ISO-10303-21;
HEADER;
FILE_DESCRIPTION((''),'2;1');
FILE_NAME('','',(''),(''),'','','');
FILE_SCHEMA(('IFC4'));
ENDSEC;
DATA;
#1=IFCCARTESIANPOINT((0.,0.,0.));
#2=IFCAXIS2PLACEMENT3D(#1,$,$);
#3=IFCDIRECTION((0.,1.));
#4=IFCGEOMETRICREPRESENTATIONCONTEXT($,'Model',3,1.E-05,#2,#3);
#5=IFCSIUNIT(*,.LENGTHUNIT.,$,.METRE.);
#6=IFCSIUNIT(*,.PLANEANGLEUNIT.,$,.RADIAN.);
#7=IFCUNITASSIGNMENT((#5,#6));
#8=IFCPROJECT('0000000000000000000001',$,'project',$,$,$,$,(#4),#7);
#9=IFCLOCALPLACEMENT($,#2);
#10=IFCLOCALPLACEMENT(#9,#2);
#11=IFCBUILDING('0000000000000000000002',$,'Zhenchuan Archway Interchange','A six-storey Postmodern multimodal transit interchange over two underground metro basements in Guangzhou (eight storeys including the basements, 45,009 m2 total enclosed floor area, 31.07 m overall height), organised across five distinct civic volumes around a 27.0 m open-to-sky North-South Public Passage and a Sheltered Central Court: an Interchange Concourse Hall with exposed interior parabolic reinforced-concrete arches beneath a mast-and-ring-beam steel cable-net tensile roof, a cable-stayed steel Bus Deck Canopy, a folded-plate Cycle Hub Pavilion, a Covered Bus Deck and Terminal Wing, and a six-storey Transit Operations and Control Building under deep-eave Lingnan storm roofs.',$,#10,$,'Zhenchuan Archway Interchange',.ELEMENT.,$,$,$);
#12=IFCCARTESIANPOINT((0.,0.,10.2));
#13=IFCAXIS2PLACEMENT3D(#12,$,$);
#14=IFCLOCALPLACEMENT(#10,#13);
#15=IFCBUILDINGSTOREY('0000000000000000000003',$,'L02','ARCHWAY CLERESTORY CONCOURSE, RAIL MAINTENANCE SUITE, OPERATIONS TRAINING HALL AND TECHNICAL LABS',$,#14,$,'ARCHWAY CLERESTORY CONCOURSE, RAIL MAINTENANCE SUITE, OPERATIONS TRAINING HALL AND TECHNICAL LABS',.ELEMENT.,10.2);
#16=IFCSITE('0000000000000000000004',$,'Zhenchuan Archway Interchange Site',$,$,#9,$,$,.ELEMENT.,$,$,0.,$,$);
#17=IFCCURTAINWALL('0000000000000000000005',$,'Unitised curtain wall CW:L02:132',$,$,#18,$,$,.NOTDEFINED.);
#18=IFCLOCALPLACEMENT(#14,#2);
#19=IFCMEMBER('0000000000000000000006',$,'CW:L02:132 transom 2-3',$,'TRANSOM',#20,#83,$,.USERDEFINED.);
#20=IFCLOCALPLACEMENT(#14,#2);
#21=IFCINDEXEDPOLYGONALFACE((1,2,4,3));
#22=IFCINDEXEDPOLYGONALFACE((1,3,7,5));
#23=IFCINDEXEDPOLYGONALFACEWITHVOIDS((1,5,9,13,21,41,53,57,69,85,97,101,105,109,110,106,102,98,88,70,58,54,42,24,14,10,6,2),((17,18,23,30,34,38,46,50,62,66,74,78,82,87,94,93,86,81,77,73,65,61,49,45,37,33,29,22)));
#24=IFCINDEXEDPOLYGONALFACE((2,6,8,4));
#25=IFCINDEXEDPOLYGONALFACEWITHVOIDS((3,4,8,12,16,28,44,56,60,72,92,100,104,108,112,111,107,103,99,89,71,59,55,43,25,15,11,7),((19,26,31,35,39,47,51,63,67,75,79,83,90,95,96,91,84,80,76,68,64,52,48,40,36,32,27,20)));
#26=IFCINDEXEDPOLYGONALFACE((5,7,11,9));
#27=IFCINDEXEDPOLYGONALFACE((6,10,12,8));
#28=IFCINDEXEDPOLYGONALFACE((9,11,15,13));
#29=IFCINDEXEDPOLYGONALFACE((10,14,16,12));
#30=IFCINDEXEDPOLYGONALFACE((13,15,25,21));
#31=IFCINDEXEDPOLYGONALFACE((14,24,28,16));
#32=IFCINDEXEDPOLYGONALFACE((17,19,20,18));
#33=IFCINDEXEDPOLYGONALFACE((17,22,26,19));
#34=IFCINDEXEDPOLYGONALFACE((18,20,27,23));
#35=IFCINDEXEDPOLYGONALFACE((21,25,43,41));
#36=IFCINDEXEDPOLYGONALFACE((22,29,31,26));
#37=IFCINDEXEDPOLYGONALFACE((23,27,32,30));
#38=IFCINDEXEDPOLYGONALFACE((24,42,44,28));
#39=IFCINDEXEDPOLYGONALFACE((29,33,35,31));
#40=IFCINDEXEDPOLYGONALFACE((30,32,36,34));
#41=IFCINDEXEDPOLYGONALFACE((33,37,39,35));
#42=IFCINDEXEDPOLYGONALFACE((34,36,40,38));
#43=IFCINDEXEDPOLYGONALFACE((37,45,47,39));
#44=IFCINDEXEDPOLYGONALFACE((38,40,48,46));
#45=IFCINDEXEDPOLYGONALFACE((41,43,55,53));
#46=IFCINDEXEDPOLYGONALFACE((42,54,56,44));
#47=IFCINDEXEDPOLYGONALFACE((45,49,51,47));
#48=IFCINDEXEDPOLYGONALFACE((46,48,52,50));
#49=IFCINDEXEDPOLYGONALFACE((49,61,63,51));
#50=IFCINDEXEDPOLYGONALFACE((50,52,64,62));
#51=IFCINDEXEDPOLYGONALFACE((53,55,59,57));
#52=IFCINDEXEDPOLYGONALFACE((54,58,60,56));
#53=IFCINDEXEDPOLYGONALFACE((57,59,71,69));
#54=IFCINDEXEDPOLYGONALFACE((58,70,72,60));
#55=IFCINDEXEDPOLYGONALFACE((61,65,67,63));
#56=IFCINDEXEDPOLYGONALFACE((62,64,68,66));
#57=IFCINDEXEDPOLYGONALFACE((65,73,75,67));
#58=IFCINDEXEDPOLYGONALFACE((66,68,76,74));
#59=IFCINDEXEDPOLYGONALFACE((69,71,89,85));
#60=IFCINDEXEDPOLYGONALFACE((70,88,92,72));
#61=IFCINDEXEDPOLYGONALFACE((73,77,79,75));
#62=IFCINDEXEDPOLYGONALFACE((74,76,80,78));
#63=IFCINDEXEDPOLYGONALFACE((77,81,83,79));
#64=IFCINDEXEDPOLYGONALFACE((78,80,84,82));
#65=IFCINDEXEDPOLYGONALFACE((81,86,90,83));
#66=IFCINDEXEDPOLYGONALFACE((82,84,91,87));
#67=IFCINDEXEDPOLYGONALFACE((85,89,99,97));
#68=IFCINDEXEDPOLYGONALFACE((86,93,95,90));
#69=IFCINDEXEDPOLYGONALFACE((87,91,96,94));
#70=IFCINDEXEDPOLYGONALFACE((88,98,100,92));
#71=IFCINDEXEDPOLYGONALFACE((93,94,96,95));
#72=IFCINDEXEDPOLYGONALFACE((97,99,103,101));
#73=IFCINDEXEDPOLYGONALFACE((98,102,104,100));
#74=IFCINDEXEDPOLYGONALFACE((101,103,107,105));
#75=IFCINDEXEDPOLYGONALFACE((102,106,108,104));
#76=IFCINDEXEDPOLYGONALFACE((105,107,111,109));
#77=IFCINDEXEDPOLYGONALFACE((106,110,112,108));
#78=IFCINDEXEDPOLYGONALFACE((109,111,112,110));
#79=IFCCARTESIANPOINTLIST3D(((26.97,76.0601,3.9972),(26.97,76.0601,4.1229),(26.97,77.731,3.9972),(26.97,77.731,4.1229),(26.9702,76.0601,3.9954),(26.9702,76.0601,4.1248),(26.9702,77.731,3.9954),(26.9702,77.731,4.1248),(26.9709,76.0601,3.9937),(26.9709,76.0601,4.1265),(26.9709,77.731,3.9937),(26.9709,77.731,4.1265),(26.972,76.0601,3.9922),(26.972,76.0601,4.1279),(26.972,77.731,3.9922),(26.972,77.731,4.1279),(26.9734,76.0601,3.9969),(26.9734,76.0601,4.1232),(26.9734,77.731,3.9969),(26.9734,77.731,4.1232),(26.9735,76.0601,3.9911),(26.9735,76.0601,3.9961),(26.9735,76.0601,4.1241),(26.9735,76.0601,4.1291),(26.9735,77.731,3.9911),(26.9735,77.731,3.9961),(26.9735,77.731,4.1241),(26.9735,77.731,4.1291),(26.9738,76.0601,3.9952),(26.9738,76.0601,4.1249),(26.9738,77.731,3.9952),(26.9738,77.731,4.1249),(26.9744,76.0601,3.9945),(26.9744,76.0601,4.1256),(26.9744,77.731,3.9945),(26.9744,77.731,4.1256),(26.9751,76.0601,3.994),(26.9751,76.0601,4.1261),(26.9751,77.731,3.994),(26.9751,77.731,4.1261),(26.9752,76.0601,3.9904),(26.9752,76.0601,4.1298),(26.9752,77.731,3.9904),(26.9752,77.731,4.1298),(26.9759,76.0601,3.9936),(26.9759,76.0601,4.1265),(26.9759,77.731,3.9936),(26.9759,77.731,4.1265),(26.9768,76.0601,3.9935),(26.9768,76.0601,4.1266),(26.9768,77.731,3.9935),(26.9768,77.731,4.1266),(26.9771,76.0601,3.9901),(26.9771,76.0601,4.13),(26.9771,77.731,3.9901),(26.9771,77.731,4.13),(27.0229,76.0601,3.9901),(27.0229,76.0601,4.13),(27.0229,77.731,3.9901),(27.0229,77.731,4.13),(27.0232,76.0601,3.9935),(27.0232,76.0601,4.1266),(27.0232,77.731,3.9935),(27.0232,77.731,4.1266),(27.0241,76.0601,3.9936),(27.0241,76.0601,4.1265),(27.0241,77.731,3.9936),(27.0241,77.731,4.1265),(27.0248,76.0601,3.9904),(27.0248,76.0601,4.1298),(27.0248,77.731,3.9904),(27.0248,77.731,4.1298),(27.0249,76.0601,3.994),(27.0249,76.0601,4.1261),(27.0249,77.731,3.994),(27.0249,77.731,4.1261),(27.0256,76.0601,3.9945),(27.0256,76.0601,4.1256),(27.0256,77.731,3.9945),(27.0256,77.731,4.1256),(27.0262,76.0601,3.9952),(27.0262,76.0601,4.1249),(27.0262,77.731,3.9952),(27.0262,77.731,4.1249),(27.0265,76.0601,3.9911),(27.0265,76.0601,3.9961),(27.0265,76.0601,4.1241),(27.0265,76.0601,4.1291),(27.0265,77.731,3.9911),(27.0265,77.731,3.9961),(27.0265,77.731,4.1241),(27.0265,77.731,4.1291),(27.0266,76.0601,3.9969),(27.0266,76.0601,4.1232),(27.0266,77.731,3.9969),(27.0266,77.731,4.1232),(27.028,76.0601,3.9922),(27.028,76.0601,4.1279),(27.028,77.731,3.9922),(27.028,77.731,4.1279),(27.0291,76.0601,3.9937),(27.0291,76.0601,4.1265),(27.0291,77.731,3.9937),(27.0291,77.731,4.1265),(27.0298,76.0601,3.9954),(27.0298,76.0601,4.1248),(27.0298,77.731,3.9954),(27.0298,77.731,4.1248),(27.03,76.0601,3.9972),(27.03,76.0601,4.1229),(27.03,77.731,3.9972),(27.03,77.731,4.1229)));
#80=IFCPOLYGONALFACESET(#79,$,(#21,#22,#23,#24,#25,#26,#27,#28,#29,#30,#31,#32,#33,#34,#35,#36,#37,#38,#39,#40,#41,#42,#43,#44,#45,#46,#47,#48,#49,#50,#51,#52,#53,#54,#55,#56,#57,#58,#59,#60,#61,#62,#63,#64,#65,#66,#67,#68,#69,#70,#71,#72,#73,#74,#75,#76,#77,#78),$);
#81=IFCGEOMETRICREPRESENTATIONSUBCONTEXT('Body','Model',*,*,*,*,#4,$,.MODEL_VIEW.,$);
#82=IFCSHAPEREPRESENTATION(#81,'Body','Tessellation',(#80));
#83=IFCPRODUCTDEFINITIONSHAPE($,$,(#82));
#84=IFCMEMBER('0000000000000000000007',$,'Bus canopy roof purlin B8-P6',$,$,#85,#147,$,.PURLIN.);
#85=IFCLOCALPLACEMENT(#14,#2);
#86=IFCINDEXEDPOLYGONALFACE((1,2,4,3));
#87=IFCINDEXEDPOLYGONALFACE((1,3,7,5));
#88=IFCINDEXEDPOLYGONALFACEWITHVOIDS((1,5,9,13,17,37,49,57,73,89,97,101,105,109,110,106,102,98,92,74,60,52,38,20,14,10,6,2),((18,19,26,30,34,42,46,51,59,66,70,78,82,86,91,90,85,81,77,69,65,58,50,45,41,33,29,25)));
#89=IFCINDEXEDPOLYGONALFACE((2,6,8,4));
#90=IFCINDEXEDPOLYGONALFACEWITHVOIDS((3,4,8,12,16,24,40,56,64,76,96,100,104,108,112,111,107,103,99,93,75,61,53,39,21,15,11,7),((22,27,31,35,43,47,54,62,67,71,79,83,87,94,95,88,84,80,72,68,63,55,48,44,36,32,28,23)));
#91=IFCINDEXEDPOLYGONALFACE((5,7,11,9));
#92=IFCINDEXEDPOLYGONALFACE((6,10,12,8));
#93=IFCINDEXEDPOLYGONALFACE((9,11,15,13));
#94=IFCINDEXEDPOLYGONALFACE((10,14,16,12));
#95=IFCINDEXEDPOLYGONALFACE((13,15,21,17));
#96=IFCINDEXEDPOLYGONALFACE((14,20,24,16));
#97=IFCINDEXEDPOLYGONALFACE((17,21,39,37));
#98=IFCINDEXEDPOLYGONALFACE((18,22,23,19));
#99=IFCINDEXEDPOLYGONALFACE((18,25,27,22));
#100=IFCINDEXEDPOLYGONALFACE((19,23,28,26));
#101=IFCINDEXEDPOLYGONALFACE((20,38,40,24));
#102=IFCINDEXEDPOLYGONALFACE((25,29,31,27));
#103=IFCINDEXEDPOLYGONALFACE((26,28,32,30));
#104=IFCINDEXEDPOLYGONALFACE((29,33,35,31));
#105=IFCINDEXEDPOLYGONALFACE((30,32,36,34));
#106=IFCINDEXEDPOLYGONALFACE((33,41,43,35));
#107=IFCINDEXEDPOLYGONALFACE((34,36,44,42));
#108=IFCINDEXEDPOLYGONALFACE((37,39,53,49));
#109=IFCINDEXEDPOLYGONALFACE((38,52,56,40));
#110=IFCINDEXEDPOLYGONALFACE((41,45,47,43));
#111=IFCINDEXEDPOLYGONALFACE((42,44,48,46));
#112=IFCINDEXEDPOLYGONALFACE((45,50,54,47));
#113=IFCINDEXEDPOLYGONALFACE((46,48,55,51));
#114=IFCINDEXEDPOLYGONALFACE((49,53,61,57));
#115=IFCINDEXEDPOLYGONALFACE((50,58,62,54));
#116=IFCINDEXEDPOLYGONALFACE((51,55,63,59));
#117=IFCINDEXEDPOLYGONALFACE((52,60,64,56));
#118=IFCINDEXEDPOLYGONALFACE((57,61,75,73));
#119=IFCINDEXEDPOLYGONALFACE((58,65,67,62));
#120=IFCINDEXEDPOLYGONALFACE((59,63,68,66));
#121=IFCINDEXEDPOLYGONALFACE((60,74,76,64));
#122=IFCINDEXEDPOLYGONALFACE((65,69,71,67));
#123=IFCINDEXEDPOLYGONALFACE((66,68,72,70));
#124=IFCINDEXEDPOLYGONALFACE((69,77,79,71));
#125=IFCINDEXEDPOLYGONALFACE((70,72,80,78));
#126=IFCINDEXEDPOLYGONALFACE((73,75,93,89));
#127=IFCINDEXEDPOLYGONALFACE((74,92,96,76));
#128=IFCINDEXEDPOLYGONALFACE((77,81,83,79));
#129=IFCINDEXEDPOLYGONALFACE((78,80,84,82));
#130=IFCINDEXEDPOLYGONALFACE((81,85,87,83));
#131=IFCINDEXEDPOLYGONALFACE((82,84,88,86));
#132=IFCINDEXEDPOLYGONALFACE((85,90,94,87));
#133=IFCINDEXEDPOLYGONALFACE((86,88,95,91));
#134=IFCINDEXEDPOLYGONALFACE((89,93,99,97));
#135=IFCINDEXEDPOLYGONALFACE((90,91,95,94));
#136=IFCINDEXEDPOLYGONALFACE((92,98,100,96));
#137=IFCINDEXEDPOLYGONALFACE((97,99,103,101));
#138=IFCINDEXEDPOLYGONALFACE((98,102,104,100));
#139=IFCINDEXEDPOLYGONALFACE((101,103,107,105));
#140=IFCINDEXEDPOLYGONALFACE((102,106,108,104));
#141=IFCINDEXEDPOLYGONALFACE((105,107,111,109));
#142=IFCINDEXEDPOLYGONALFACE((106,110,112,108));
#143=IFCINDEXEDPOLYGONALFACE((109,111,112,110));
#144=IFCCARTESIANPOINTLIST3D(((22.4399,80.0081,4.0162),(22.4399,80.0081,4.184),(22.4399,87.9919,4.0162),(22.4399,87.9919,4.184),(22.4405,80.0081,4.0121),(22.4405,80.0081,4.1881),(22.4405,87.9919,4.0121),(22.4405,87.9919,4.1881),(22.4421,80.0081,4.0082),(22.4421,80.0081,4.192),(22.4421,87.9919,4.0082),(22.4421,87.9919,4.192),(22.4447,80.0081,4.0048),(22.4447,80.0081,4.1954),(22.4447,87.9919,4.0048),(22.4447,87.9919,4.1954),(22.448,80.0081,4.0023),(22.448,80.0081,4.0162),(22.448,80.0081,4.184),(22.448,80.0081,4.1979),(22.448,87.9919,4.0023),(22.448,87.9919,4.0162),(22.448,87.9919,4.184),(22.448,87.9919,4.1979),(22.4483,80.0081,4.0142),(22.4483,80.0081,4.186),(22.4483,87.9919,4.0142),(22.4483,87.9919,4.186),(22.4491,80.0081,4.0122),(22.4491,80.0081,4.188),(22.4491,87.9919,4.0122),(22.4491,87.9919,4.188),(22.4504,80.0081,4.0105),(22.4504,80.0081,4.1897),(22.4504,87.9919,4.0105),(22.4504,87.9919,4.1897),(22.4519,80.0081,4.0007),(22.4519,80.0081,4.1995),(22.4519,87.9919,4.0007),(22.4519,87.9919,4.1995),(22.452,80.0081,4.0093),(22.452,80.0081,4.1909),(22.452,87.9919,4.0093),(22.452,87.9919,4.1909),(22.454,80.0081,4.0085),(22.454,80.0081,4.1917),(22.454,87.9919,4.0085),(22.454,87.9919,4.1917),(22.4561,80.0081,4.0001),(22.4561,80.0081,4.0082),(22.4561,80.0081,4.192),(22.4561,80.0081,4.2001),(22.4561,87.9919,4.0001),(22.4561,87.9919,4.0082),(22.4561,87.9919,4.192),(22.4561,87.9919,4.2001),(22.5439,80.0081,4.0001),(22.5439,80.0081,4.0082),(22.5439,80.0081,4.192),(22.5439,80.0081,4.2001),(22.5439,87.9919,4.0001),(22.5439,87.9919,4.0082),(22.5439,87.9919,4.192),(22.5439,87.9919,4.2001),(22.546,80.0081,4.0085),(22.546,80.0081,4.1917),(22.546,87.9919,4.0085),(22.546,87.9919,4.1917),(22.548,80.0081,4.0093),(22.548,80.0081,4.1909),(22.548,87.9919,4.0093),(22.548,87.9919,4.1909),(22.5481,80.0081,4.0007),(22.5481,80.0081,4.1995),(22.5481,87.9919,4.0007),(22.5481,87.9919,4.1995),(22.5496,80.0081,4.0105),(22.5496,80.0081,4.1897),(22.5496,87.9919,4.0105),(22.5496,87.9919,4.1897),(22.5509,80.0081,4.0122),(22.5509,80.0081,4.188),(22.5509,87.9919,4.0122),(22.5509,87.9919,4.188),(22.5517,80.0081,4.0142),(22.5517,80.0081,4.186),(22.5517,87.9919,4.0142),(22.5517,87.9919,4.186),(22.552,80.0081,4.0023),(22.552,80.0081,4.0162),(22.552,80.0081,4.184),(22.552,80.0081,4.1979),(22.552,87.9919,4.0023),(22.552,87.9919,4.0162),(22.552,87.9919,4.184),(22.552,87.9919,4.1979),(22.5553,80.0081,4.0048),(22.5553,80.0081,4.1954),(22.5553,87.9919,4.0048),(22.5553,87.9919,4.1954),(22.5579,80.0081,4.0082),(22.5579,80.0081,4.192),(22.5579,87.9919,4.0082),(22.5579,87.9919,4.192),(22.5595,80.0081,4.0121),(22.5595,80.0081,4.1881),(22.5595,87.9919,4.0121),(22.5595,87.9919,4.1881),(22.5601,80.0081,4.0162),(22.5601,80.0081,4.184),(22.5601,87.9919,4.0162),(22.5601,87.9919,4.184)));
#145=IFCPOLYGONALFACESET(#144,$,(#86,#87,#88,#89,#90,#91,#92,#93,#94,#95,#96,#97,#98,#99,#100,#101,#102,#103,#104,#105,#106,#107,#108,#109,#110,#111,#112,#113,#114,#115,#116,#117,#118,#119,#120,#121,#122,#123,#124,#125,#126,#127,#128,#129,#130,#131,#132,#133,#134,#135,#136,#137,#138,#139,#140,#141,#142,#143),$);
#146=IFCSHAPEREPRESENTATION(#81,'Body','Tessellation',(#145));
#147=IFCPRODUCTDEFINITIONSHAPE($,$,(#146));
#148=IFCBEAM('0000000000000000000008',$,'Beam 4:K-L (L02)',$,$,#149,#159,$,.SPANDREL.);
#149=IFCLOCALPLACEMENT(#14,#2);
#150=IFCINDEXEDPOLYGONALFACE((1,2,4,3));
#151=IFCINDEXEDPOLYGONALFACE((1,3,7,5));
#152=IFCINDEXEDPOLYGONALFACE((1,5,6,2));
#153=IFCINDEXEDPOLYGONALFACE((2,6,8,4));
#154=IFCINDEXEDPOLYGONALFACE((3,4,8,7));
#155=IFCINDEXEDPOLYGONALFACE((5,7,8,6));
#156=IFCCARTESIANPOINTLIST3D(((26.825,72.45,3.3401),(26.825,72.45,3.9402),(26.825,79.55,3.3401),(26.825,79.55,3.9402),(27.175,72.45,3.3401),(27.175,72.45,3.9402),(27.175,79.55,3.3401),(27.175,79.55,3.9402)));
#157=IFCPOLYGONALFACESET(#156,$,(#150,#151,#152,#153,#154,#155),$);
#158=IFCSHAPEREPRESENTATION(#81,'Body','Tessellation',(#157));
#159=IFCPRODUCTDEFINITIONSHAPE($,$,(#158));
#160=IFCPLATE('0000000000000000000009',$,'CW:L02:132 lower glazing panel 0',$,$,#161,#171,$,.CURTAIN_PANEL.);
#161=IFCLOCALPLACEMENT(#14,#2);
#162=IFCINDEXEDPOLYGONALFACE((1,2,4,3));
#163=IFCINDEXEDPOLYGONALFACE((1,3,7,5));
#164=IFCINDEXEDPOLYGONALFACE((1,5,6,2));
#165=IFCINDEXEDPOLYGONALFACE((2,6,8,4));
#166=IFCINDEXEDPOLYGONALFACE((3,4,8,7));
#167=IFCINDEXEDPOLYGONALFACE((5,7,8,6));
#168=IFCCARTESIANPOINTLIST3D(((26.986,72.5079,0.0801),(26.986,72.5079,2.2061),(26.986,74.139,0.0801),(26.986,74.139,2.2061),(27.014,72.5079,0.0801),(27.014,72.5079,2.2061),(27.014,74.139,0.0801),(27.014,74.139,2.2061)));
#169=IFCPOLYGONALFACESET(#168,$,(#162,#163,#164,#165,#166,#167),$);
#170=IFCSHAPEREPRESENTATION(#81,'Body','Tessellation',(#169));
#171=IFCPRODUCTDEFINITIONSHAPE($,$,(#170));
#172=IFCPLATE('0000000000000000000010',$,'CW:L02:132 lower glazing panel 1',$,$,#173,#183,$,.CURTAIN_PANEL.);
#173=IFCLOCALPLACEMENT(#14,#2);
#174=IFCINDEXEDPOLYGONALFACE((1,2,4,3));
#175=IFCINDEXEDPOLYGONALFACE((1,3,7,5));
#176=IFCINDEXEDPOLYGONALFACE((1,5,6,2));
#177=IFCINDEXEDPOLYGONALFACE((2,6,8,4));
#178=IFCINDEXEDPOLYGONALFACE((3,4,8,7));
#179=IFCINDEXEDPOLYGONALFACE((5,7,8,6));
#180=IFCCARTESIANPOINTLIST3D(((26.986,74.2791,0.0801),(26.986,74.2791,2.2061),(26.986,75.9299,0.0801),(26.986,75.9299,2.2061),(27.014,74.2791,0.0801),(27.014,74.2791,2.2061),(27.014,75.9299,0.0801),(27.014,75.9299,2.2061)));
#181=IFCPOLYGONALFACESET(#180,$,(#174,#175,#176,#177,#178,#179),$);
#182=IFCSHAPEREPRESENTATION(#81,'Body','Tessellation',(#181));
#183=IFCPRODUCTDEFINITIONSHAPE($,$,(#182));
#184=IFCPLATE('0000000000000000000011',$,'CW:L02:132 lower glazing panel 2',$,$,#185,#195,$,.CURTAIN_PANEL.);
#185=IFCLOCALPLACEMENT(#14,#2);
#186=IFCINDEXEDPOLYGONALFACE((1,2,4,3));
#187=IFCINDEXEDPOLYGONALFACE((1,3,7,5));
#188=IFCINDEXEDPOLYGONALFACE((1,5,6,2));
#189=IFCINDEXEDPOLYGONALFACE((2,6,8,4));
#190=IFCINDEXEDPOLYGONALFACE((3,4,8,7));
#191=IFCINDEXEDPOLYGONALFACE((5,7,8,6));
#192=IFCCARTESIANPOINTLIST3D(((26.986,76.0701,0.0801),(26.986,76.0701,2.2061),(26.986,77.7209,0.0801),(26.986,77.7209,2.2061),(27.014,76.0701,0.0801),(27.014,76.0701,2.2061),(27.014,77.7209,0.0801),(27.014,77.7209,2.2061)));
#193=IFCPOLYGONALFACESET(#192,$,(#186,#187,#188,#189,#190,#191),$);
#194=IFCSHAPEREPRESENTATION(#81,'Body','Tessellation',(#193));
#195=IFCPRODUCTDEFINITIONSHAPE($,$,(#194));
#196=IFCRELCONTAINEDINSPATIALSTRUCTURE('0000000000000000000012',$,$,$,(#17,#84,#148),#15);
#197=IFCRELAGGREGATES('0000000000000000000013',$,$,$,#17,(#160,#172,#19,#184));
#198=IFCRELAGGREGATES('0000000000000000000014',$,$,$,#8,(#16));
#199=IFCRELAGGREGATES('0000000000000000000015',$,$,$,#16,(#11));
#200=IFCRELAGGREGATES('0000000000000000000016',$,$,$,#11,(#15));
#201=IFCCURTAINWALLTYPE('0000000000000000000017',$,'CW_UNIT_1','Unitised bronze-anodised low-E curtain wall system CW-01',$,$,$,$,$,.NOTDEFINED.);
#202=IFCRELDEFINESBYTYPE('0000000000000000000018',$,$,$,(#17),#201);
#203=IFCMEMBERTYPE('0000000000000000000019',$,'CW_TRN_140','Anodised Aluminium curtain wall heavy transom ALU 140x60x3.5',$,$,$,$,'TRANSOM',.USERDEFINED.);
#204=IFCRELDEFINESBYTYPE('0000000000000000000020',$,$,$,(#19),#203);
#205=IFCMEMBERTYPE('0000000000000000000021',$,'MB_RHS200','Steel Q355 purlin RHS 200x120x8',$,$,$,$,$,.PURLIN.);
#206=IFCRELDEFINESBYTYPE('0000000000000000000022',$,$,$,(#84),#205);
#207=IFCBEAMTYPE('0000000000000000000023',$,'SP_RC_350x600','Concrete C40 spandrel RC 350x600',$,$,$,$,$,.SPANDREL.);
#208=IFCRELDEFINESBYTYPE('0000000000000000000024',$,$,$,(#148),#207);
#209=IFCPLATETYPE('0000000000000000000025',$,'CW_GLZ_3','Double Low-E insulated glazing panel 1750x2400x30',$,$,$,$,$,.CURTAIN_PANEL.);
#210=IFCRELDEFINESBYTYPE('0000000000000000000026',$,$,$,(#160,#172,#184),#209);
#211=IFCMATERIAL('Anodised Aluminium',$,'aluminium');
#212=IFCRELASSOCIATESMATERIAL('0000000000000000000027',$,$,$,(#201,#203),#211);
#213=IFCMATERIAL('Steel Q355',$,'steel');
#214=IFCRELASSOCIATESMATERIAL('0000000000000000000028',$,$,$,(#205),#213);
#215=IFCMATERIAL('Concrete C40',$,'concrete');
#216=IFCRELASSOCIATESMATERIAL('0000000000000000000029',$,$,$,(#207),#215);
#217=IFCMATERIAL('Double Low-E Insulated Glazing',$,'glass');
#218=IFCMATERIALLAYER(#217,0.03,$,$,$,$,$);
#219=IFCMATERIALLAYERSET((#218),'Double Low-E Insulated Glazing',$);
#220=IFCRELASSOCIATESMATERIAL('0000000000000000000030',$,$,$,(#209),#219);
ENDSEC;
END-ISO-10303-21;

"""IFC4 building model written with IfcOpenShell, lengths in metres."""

from ifc_helpers import new_model, si_unit, direction, frame, origin, origin_2d, place, context, subcontext, project, spatial, rectangle, hollow_rectangle, extrude, material, layer, layer_set, material_profile, profile_set, type_object, element, aggregate, save


model = new_model("IFC4")

# Units and contexts
model_context = context("Model", 3, precision=1e-05, world=origin(), true_north=direction((0.0, 1.0)))
body_context = subcontext(model_context, "Body", "Model", "MODEL_VIEW")
ifc_project = project(units=[si_unit("LENGTHUNIT", "METRE"), si_unit("PLANEANGLEUNIT", "RADIAN")], contexts=[model_context])

# Site, building, storey
site_placement = place(None, origin())
site = spatial("IfcSite", under=ifc_project, at=site_placement, Name="Zhenchuan Archway Interchange Site", CompositionType="ELEMENT", RefElevation=0.0)
building_placement = place(site_placement, origin())
building = spatial("IfcBuilding", under=site, at=building_placement, Name="Zhenchuan Archway Interchange", Description="A six-storey Postmodern multimodal transit interchange over two underground metro basements in Guangzhou (eight storeys including the basements, 45,009 m2 total enclosed floor area, 31.07 m overall height), organised across five distinct civic volumes around a 27.0 m open-to-sky North-South Public Passage and a Sheltered Central Court: an Interchange Concourse Hall with exposed interior parabolic reinforced-concrete arches beneath a mast-and-ring-beam steel cable-net tensile roof, a cable-stayed steel Bus Deck Canopy, a folded-plate Cycle Hub Pavilion, a Covered Bus Deck and Terminal Wing, and a six-storey Transit Operations and Control Building under deep-eave Lingnan storm roofs.", LongName="Zhenchuan Archway Interchange", CompositionType="ELEMENT")
storey_placement = place(building_placement, frame((0.0, 0.0, 10.2)))
storey = spatial("IfcBuildingStorey", under=building, at=storey_placement, Name="L02", Description="ARCHWAY CLERESTORY CONCOURSE, RAIL MAINTENANCE SUITE, OPERATIONS TRAINING HALL AND TECHNICAL LABS", LongName="ARCHWAY CLERESTORY CONCOURSE, RAIL MAINTENANCE SUITE, OPERATIONS TRAINING HALL AND TECHNICAL LABS", CompositionType="ELEMENT", Elevation=10.2)

# Shared definitions
ifc_material_1 = material(Name="Steel Q355", Category="steel")

# Curtain wall, member
ifc_material_2 = material(Name="Anodised Aluminium", Category="aluminium")
curtain_wall_type = type_object("IfcCurtainWallType", Name="CW_UNIT_1", Description="Unitised bronze-anodised low-E curtain wall system CW-01", PredefinedType="NOTDEFINED", material=ifc_material_2)
curtain_wall_placement = place(storey_placement, origin())
curtain_wall = element("IfcCurtainWall", 1, at=curtain_wall_placement, inside=storey, type_object=curtain_wall_type, Name="Unitised curtain wall CW:L02:132", PredefinedType="NOTDEFINED")
ifc_material_profile_1 = material_profile(ifc_material_2, hollow_rectangle(XDim=0.0601, YDim=0.1399, WallThickness=0.0034, InnerFilletRadius=0.0034, OuterFilletRadius=0.0071, at=origin_2d()), Name="ALU 140x60x3.5")
ifc_profile_set_1 = profile_set([ifc_material_profile_1], Name="Anodised Aluminium")
member_type_1 = type_object("IfcMemberType", Name="CW_TRN_140", Description="Anodised Aluminium curtain wall heavy transom ALU 140x60x3.5", ElementType="TRANSOM", PredefinedType="USERDEFINED", material=ifc_profile_set_1)
member_1_placement = place(storey_placement, frame((27.0, 76.0601, 4.0601), z_axis=(0.0, 1.0, 0.0), x_axis=(-1.0, 0.0, 0.0)))
member_1 = element("IfcMember", 2, at=member_1_placement, type_object=member_type_1, Name="CW:L02:132 transom 2-3", ObjectType="TRANSOM", PredefinedType="USERDEFINED", context=body_context, shape_type="SweptSolid", body=[
    extrude(hollow_rectangle(XDim=0.0601, YDim=0.1399, WallThickness=0.0034, InnerFilletRadius=0.0034, OuterFilletRadius=0.0071, at=origin_2d()), origin(), (0.0, 0.0, 1.0), 1.6709),
])

# Member
ifc_material_profile_2 = material_profile(ifc_material_1, hollow_rectangle(XDim=0.1201, YDim=0.2, WallThickness=0.0081, InnerFilletRadius=0.0081, OuterFilletRadius=0.0161, at=origin_2d()), Name="RHS 200x120x8")
ifc_profile_set_2 = profile_set([ifc_material_profile_2], Name="Steel Q355")
member_type_2 = type_object("IfcMemberType", Name="MB_RHS200", Description="Steel Q355 purlin RHS 200x120x8", PredefinedType="PURLIN", material=ifc_profile_set_2)
member_2_placement = place(storey_placement, frame((22.5, 80.0081, 4.1001), z_axis=(0.0, 1.0, 0.0), x_axis=(-1.0, 0.0, 0.0)))
element("IfcMember", 3, at=member_2_placement, inside=storey, type_object=member_type_2, Name="Bus canopy roof purlin B8-P6", PredefinedType="PURLIN", context=body_context, shape_type="SweptSolid", body=[
    extrude(hollow_rectangle(XDim=0.1201, YDim=0.2, WallThickness=0.0081, InnerFilletRadius=0.0081, OuterFilletRadius=0.0161, at=origin_2d()), origin(), (0.0, 0.0, 1.0), 7.9839),
])

# Beam
ifc_material_3 = material(Name="Concrete C40", Category="concrete")
ifc_material_profile_3 = material_profile(ifc_material_3, rectangle(XDim=0.3501, YDim=0.6001, at=origin_2d()), Name="RC 350x600")
ifc_profile_set_3 = profile_set([ifc_material_profile_3], Name="Concrete C40")
beam_type_1 = type_object("IfcBeamType", Name="SP_RC_350x600", Description="Concrete C40 spandrel RC 350x600", PredefinedType="SPANDREL", material=ifc_profile_set_3)
beam_1_placement = place(storey_placement, frame((27.0, 72.45, 3.6401), z_axis=(0.0, 1.0, 0.0), x_axis=(-1.0, 0.0, 0.0)))
element("IfcBeam", 4, at=beam_1_placement, inside=storey, type_object=beam_type_1, Name="Beam 4:K-L (L02)", PredefinedType="SPANDREL", context=body_context, shape_type="SweptSolid", body=[
    extrude(rectangle(XDim=0.3501, YDim=0.6001, at=origin_2d()), origin(), (0.0, 0.0, 1.0), 7.1001),
])

# Plates
ifc_material_4 = material(Name="Double Low-E Insulated Glazing", Category="glass")
ifc_layer_1 = layer(ifc_material_4, 0.03)
ifc_layer_set_1 = layer_set([ifc_layer_1], Name="Double Low-E Insulated Glazing")
plate_type_1 = type_object("IfcPlateType", Name="CW_GLZ_3", Description="Double Low-E insulated glazing panel 1750x2400x30", PredefinedType="CURTAIN_PANEL", material=ifc_layer_set_1)
plate_1_placement = place(storey_placement, frame((27.0, 73.3235, 0.0801), z_axis=(0.0, 0.0, 1.0), x_axis=(0.0, 1.0, 0.0)))
plate_1 = element("IfcPlate", 5, at=plate_1_placement, type_object=plate_type_1, Name="CW:L02:132 lower glazing panel 0", PredefinedType="CURTAIN_PANEL", context=body_context, shape_type="SweptSolid", body=[
    extrude(rectangle(XDim=1.6311, YDim=0.0281, at=origin_2d()), origin(), (0.0, 0.0, 1.0), 2.126),
])
plate_2_placement = place(storey_placement, frame((27.0, 75.1045, 0.0801), z_axis=(0.0, 0.0, 1.0), x_axis=(0.0, 1.0, 0.0)))
plate_2 = element("IfcPlate", 6, at=plate_2_placement, type_object=plate_type_1, Name="CW:L02:132 lower glazing panel 1", PredefinedType="CURTAIN_PANEL", context=body_context, shape_type="SweptSolid", body=[
    extrude(rectangle(XDim=1.6509, YDim=0.0281, at=origin_2d()), origin(), (0.0, 0.0, 1.0), 2.126),
])
plate_3_placement = place(storey_placement, frame((27.0, 76.8955, 0.0801), z_axis=(0.0, 0.0, 1.0), x_axis=(0.0, 1.0, 0.0)))
plate_3 = element("IfcPlate", 7, at=plate_3_placement, type_object=plate_type_1, Name="CW:L02:132 lower glazing panel 2", PredefinedType="CURTAIN_PANEL", context=body_context, shape_type="SweptSolid", body=[
    extrude(rectangle(XDim=1.6509, YDim=0.0281, at=origin_2d()), origin(), (0.0, 0.0, 1.0), 2.126),
])
aggregate(curtain_wall, [plate_1, plate_2, member_1, plate_3])

save(model, "model.ifc")
